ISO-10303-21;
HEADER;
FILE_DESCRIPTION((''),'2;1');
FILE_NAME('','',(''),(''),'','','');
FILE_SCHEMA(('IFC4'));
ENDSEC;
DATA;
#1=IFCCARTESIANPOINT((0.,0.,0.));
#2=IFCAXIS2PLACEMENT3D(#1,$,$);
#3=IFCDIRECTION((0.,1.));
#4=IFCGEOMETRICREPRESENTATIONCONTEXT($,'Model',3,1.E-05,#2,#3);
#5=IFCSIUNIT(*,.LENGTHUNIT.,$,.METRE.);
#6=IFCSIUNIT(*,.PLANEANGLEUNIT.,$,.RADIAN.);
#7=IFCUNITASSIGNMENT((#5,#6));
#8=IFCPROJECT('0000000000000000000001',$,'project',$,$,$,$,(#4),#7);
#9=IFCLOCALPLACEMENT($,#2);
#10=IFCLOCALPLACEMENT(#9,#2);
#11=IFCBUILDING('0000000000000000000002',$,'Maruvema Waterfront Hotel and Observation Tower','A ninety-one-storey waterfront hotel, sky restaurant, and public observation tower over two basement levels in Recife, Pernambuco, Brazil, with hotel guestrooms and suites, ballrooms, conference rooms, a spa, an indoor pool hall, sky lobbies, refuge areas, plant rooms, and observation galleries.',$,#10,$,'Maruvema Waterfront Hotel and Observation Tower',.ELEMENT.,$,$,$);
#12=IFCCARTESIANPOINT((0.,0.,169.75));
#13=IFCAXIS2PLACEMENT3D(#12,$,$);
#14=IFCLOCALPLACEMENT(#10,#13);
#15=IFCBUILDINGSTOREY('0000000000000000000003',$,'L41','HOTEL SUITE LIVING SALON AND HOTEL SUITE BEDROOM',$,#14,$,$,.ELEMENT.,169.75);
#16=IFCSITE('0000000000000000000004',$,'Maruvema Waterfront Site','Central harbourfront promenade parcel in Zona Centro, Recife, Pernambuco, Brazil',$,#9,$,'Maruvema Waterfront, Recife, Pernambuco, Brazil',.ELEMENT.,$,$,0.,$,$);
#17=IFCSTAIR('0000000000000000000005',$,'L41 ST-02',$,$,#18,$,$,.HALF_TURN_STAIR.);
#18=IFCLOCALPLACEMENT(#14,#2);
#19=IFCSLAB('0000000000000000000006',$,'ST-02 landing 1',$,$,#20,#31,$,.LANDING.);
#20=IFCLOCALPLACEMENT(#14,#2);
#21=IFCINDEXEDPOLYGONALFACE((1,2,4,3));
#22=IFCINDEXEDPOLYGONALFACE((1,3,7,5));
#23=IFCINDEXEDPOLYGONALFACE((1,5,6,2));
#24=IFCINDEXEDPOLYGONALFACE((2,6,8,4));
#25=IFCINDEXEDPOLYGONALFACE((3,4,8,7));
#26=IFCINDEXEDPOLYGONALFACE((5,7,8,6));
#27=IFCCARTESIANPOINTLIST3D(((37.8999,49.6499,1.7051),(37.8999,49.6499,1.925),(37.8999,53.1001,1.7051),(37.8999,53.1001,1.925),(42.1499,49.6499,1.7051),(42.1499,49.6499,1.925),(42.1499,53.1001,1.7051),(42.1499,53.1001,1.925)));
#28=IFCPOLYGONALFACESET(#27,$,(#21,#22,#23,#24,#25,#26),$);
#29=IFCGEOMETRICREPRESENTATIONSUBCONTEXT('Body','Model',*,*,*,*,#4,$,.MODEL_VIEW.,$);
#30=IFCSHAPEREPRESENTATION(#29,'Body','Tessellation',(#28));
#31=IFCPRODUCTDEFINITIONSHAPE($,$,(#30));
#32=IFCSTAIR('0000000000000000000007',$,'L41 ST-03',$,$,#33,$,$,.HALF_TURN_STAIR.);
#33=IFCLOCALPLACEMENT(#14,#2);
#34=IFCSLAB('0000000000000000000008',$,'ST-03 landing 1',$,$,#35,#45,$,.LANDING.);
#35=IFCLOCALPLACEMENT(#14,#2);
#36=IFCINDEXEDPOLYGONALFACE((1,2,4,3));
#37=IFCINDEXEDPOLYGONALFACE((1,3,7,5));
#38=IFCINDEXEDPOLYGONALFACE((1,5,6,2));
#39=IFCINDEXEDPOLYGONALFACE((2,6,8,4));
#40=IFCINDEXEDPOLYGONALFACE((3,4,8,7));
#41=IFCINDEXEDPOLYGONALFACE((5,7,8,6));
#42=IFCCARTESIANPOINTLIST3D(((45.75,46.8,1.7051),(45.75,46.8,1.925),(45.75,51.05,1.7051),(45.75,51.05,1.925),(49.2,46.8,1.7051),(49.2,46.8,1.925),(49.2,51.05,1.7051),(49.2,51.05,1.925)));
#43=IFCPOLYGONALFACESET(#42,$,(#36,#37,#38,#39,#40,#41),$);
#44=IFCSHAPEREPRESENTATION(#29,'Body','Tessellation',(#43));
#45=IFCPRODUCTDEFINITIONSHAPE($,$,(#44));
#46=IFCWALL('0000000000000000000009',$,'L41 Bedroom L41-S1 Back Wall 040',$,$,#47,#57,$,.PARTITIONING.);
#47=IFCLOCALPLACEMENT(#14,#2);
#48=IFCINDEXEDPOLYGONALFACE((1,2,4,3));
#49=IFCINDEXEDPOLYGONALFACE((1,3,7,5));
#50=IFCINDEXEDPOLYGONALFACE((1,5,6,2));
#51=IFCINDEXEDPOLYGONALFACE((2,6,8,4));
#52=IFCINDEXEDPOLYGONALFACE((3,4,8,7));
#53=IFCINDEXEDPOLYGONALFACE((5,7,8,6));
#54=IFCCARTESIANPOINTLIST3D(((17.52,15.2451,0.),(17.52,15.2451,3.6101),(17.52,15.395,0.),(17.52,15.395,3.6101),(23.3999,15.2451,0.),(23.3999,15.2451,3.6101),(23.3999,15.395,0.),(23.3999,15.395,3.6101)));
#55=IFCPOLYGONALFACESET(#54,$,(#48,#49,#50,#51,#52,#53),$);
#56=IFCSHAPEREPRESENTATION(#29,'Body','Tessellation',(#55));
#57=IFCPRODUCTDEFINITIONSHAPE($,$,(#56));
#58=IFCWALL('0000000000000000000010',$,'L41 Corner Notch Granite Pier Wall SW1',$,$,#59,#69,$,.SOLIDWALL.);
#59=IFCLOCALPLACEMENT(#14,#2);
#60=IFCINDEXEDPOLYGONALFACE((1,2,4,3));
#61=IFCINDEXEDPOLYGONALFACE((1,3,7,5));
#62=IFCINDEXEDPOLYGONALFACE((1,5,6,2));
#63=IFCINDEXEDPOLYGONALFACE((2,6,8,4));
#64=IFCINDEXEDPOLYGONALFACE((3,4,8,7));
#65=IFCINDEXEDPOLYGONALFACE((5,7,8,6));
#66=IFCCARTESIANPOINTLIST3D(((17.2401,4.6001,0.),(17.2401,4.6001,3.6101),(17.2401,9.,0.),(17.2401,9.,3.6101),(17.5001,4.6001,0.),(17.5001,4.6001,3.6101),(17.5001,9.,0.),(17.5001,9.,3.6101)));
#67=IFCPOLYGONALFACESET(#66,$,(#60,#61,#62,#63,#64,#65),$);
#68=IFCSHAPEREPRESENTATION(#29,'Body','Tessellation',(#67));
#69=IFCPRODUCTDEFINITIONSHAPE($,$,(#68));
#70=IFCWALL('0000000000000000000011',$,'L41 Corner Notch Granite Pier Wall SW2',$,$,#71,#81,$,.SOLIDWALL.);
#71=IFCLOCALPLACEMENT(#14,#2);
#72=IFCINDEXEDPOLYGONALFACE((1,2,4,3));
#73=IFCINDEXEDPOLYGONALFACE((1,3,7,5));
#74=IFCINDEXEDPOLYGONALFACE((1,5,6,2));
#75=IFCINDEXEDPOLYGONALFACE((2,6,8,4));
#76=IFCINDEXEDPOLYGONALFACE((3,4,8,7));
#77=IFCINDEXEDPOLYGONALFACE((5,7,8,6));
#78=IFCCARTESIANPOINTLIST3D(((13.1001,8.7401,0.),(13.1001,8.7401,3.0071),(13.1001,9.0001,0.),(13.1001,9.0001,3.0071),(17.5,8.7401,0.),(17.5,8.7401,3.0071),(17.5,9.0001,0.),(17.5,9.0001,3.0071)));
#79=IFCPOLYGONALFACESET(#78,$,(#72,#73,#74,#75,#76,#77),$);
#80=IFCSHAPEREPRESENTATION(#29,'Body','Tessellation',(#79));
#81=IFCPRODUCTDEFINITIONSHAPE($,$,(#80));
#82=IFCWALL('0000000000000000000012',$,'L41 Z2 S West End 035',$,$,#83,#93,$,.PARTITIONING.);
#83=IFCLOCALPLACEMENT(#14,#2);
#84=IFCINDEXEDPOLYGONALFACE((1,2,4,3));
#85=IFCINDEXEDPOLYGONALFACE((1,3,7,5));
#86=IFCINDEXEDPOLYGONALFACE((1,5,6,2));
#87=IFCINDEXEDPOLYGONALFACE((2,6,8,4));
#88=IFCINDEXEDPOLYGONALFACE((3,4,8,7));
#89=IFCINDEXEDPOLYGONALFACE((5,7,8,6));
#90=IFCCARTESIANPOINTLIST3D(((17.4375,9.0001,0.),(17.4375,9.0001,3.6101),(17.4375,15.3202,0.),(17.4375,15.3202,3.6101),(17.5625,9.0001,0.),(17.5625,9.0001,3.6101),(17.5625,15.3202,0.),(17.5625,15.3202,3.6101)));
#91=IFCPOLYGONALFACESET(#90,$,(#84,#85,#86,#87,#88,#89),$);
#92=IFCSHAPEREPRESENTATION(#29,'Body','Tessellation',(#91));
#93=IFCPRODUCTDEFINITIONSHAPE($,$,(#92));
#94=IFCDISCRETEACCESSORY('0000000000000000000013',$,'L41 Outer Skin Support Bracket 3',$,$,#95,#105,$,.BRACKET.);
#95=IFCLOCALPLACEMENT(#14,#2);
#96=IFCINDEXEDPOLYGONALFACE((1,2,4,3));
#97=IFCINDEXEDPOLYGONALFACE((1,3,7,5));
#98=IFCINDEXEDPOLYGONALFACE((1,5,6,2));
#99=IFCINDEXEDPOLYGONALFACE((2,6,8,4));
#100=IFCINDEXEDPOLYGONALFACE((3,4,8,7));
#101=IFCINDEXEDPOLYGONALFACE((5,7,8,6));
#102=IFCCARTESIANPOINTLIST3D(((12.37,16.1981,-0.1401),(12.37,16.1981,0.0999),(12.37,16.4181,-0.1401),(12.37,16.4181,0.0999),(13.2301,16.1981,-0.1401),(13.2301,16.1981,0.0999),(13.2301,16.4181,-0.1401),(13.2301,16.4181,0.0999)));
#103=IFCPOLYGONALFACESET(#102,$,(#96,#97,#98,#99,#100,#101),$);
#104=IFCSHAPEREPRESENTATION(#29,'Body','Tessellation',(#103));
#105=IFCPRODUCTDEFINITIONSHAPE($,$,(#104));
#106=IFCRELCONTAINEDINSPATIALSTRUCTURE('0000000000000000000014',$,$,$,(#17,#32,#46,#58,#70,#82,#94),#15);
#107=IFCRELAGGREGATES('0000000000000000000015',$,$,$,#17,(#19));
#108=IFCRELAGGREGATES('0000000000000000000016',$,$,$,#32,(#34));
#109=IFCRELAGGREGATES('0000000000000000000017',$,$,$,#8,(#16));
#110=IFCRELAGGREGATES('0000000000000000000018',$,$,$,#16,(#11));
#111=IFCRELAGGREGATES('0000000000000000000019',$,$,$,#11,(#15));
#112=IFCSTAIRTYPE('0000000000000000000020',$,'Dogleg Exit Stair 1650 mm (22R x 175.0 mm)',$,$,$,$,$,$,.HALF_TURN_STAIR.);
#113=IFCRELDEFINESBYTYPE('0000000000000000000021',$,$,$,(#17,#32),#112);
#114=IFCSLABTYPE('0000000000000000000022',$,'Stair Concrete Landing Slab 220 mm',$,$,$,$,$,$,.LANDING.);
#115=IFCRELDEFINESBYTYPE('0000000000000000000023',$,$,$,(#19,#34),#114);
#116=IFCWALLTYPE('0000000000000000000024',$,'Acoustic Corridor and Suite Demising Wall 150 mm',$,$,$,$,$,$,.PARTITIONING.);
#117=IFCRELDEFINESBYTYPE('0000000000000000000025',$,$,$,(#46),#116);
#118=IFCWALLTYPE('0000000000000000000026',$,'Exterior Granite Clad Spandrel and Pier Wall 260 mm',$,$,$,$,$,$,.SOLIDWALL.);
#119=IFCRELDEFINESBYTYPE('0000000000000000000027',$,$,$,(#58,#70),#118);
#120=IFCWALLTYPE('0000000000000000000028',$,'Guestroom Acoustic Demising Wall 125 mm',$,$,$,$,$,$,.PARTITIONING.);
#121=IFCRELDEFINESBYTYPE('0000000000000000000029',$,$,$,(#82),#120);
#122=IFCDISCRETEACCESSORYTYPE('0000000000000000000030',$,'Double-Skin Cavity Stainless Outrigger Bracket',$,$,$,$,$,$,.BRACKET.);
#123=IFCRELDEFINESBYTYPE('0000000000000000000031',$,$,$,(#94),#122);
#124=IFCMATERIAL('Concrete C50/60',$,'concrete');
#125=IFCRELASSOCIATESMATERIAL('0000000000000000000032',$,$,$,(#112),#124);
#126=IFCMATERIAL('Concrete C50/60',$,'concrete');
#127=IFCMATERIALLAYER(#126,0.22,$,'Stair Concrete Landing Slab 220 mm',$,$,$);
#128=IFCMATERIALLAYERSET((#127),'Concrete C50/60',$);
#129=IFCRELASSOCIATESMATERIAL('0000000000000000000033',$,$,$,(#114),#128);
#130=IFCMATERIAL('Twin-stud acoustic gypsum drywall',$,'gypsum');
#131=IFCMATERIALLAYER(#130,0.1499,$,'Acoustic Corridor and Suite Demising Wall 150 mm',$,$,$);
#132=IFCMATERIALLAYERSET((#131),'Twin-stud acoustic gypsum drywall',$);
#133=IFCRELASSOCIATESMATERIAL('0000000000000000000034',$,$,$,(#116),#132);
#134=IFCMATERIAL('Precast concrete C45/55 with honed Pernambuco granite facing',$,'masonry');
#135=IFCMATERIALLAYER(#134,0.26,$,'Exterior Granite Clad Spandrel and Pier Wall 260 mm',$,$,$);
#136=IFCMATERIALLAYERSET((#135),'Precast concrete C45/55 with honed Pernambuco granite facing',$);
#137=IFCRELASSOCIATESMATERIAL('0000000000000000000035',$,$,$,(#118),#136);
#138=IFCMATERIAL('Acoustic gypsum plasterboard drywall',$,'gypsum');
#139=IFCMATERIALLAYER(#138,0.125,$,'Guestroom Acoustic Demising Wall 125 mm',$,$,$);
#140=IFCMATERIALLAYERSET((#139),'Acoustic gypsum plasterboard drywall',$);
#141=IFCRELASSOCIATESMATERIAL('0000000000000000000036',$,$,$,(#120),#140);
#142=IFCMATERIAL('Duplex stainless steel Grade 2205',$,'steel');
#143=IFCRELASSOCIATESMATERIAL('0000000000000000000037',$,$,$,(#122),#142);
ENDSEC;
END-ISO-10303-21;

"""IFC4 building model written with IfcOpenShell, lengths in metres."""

from ifc_helpers import new_model, si_unit, direction, frame, frame_2d, origin, origin_2d, place, context, subcontext, project, spatial, polyline, rectangle, outline, extrude, material, layer, layer_set, type_object, element, aggregate, save


model = new_model("IFC4")

# Units and contexts
model_context = context("Model", 3, precision=1e-05, world=origin(), true_north=direction((0.0, 1.0)))
body_context = subcontext(model_context, "Body", "Model", "MODEL_VIEW")
ifc_project = project(units=[si_unit("LENGTHUNIT", "METRE"), si_unit("PLANEANGLEUNIT", "RADIAN")], contexts=[model_context])

# Site, building, storey
site_placement = place(None, origin())
site = spatial("IfcSite", under=ifc_project, at=site_placement, Name="Maruvema Waterfront Site", Description="Central harbourfront promenade parcel in Zona Centro, Recife, Pernambuco, Brazil", LongName="Maruvema Waterfront, Recife, Pernambuco, Brazil", CompositionType="ELEMENT", RefElevation=0.0)
building_placement = place(site_placement, origin())
building = spatial("IfcBuilding", under=site, at=building_placement, Name="Maruvema Waterfront Hotel and Observation Tower", Description="A ninety-one-storey waterfront hotel, sky restaurant, and public observation tower over two basement levels in Recife, Pernambuco, Brazil, with hotel guestrooms and suites, ballrooms, conference rooms, a spa, an indoor pool hall, sky lobbies, refuge areas, plant rooms, and observation galleries.", LongName="Maruvema Waterfront Hotel and Observation Tower", CompositionType="ELEMENT")
storey_placement = place(building_placement, frame((0.0, 0.0, 169.75)))
storey = spatial("IfcBuildingStorey", under=building, at=storey_placement, Name="L41", Description="HOTEL SUITE LIVING SALON AND HOTEL SUITE BEDROOM", CompositionType="ELEMENT", Elevation=169.75)

# Stairs, slabs
ifc_material_1 = material(Name="Concrete C50/60", Category="concrete")
stair_type = type_object("IfcStairType", Name="Dogleg Exit Stair 1650 mm (22R x 175.0 mm)", PredefinedType="HALF_TURN_STAIR", material=ifc_material_1)
ifc_material_2 = material(Name="Concrete C50/60", Category="concrete")
ifc_layer_1 = layer(ifc_material_2, 0.22, Name="Stair Concrete Landing Slab 220 mm")
ifc_layer_set_1 = layer_set([ifc_layer_1], Name="Concrete C50/60")
slab_type_1 = type_object("IfcSlabType", Name="Stair Concrete Landing Slab 220 mm", PredefinedType="LANDING", material=ifc_layer_set_1)
stair_1_placement = place(storey_placement, origin())
stair_1 = element("IfcStair", 1, at=stair_1_placement, inside=storey, type_object=stair_type, Name="L41 ST-02", PredefinedType="HALF_TURN_STAIR")
slab_1_placement = place(storey_placement, frame((0.0, 0.0, 1.7051)))
slab_1 = element("IfcSlab", 2, at=slab_1_placement, type_object=slab_type_1, Name="ST-02 landing 1", PredefinedType="LANDING", context=body_context, shape_type="SweptSolid", body=[
    extrude(outline(polyline([(37.8999, 49.6499), (42.1499, 49.6499), (42.1499, 53.1001), (37.8999, 53.1001), (37.8999, 49.6499)])), origin(), (0.0, 0.0, 1.0), 0.22),
])
aggregate(stair_1, [slab_1])
stair_2_placement = place(storey_placement, origin())
stair_2 = element("IfcStair", 3, at=stair_2_placement, inside=storey, type_object=stair_type, Name="L41 ST-03", PredefinedType="HALF_TURN_STAIR")
slab_2_placement = place(storey_placement, frame((0.0, 0.0, 1.7051)))
slab_2 = element("IfcSlab", 4, at=slab_2_placement, type_object=slab_type_1, Name="ST-03 landing 1", PredefinedType="LANDING", context=body_context, shape_type="SweptSolid", body=[
    extrude(outline(polyline([(49.2, 46.8), (49.2, 51.05), (45.75, 51.05), (45.75, 46.8), (49.2, 46.8)])), origin(), (0.0, 0.0, 1.0), 0.22),
])
aggregate(stair_2, [slab_2])

# Walls
ifc_material_3 = material(Name="Twin-stud acoustic gypsum drywall", Category="gypsum")
ifc_layer_2 = layer(ifc_material_3, 0.1499, Name="Acoustic Corridor and Suite Demising Wall 150 mm")
ifc_layer_set_2 = layer_set([ifc_layer_2], Name="Twin-stud acoustic gypsum drywall")
wall_type_1 = type_object("IfcWallType", Name="Acoustic Corridor and Suite Demising Wall 150 mm", PredefinedType="PARTITIONING", material=ifc_layer_set_2)
wall_1_placement = place(storey_placement, frame((17.52, 15.3201, 0.0), z_axis=(0.0, 0.0, 1.0), x_axis=(1.0, 0.0, 0.0)))
element("IfcWall", 5, at=wall_1_placement, inside=storey, type_object=wall_type_1, Name="L41 Bedroom L41-S1 Back Wall 040", PredefinedType="PARTITIONING", context=body_context, shape_type="SweptSolid", body=[
    extrude(rectangle(XDim=5.8799, YDim=0.1499, at=frame_2d((2.9399, 0.0))), origin(), (0.0, 0.0, 1.0), 3.6101),
])
ifc_material_4 = material(Name="Precast concrete C45/55 with honed Pernambuco granite facing", Category="masonry")
ifc_layer_3 = layer(ifc_material_4, 0.26, Name="Exterior Granite Clad Spandrel and Pier Wall 260 mm")
ifc_layer_set_3 = layer_set([ifc_layer_3], Name="Precast concrete C45/55 with honed Pernambuco granite facing")
wall_type_2 = type_object("IfcWallType", Name="Exterior Granite Clad Spandrel and Pier Wall 260 mm", PredefinedType="SOLIDWALL", material=ifc_layer_set_3)
wall_2_placement = place(storey_placement, frame((17.3701, 4.6001, 0.0), z_axis=(0.0, 0.0, 1.0), x_axis=(0.0, 1.0, 0.0)))
element("IfcWall", 6, at=wall_2_placement, inside=storey, type_object=wall_type_2, Name="L41 Corner Notch Granite Pier Wall SW1", PredefinedType="SOLIDWALL", context=body_context, shape_type="SweptSolid", body=[
    extrude(rectangle(XDim=4.3999, YDim=0.26, at=frame_2d((2.2, 0.0))), origin(), (0.0, 0.0, 1.0), 3.6101),
])
wall_3_placement = place(storey_placement, frame((17.5, 8.8701, 0.0), z_axis=(0.0, 0.0, 1.0), x_axis=(-1.0, 0.0, 0.0)))
element("IfcWall", 7, at=wall_3_placement, inside=storey, type_object=wall_type_2, Name="L41 Corner Notch Granite Pier Wall SW2", PredefinedType="SOLIDWALL", context=body_context, shape_type="SweptSolid", body=[
    extrude(rectangle(XDim=4.3999, YDim=0.26, at=frame_2d((2.2, 0.0))), origin(), (0.0, 0.0, 1.0), 3.0071),
])
ifc_material_5 = material(Name="Acoustic gypsum plasterboard drywall", Category="gypsum")
ifc_layer_4 = layer(ifc_material_5, 0.125, Name="Guestroom Acoustic Demising Wall 125 mm")
ifc_layer_set_4 = layer_set([ifc_layer_4], Name="Acoustic gypsum plasterboard drywall")
wall_type_3 = type_object("IfcWallType", Name="Guestroom Acoustic Demising Wall 125 mm", PredefinedType="PARTITIONING", material=ifc_layer_set_4)
wall_4_placement = place(storey_placement, frame((17.5, 9.0, 0.0), z_axis=(0.0, 0.0, 1.0), x_axis=(0.0, 1.0, 0.0)))
element("IfcWall", 8, at=wall_4_placement, inside=storey, type_object=wall_type_3, Name="L41 Z2 S West End 035", PredefinedType="PARTITIONING", context=body_context, shape_type="SweptSolid", body=[
    extrude(rectangle(XDim=6.3201, YDim=0.125, at=frame_2d((3.1602, 0.0))), origin(), (0.0, 0.0, 1.0), 3.6101),
])

# Discrete accessory
ifc_material_6 = material(Name="Duplex stainless steel Grade 2205", Category="steel")
discrete_accessory_type = type_object("IfcDiscreteAccessoryType", Name="Double-Skin Cavity Stainless Outrigger Bracket", PredefinedType="BRACKET", material=ifc_material_6)
discrete_accessory_placement = place(storey_placement, frame((12.8, 16.3081, -0.1401), z_axis=(0.0, 0.0, 1.0), x_axis=(0.0, -1.0, 0.0)))
element("IfcDiscreteAccessory", 9, at=discrete_accessory_placement, inside=storey, type_object=discrete_accessory_type, Name="L41 Outer Skin Support Bracket 3", PredefinedType="BRACKET", context=body_context, shape_type="SweptSolid", body=[
    extrude(rectangle(XDim=0.22, YDim=0.8601, at=origin_2d()), origin(), (0.0, 0.0, 1.0), 0.24),
])

save(model, "model.ifc")
